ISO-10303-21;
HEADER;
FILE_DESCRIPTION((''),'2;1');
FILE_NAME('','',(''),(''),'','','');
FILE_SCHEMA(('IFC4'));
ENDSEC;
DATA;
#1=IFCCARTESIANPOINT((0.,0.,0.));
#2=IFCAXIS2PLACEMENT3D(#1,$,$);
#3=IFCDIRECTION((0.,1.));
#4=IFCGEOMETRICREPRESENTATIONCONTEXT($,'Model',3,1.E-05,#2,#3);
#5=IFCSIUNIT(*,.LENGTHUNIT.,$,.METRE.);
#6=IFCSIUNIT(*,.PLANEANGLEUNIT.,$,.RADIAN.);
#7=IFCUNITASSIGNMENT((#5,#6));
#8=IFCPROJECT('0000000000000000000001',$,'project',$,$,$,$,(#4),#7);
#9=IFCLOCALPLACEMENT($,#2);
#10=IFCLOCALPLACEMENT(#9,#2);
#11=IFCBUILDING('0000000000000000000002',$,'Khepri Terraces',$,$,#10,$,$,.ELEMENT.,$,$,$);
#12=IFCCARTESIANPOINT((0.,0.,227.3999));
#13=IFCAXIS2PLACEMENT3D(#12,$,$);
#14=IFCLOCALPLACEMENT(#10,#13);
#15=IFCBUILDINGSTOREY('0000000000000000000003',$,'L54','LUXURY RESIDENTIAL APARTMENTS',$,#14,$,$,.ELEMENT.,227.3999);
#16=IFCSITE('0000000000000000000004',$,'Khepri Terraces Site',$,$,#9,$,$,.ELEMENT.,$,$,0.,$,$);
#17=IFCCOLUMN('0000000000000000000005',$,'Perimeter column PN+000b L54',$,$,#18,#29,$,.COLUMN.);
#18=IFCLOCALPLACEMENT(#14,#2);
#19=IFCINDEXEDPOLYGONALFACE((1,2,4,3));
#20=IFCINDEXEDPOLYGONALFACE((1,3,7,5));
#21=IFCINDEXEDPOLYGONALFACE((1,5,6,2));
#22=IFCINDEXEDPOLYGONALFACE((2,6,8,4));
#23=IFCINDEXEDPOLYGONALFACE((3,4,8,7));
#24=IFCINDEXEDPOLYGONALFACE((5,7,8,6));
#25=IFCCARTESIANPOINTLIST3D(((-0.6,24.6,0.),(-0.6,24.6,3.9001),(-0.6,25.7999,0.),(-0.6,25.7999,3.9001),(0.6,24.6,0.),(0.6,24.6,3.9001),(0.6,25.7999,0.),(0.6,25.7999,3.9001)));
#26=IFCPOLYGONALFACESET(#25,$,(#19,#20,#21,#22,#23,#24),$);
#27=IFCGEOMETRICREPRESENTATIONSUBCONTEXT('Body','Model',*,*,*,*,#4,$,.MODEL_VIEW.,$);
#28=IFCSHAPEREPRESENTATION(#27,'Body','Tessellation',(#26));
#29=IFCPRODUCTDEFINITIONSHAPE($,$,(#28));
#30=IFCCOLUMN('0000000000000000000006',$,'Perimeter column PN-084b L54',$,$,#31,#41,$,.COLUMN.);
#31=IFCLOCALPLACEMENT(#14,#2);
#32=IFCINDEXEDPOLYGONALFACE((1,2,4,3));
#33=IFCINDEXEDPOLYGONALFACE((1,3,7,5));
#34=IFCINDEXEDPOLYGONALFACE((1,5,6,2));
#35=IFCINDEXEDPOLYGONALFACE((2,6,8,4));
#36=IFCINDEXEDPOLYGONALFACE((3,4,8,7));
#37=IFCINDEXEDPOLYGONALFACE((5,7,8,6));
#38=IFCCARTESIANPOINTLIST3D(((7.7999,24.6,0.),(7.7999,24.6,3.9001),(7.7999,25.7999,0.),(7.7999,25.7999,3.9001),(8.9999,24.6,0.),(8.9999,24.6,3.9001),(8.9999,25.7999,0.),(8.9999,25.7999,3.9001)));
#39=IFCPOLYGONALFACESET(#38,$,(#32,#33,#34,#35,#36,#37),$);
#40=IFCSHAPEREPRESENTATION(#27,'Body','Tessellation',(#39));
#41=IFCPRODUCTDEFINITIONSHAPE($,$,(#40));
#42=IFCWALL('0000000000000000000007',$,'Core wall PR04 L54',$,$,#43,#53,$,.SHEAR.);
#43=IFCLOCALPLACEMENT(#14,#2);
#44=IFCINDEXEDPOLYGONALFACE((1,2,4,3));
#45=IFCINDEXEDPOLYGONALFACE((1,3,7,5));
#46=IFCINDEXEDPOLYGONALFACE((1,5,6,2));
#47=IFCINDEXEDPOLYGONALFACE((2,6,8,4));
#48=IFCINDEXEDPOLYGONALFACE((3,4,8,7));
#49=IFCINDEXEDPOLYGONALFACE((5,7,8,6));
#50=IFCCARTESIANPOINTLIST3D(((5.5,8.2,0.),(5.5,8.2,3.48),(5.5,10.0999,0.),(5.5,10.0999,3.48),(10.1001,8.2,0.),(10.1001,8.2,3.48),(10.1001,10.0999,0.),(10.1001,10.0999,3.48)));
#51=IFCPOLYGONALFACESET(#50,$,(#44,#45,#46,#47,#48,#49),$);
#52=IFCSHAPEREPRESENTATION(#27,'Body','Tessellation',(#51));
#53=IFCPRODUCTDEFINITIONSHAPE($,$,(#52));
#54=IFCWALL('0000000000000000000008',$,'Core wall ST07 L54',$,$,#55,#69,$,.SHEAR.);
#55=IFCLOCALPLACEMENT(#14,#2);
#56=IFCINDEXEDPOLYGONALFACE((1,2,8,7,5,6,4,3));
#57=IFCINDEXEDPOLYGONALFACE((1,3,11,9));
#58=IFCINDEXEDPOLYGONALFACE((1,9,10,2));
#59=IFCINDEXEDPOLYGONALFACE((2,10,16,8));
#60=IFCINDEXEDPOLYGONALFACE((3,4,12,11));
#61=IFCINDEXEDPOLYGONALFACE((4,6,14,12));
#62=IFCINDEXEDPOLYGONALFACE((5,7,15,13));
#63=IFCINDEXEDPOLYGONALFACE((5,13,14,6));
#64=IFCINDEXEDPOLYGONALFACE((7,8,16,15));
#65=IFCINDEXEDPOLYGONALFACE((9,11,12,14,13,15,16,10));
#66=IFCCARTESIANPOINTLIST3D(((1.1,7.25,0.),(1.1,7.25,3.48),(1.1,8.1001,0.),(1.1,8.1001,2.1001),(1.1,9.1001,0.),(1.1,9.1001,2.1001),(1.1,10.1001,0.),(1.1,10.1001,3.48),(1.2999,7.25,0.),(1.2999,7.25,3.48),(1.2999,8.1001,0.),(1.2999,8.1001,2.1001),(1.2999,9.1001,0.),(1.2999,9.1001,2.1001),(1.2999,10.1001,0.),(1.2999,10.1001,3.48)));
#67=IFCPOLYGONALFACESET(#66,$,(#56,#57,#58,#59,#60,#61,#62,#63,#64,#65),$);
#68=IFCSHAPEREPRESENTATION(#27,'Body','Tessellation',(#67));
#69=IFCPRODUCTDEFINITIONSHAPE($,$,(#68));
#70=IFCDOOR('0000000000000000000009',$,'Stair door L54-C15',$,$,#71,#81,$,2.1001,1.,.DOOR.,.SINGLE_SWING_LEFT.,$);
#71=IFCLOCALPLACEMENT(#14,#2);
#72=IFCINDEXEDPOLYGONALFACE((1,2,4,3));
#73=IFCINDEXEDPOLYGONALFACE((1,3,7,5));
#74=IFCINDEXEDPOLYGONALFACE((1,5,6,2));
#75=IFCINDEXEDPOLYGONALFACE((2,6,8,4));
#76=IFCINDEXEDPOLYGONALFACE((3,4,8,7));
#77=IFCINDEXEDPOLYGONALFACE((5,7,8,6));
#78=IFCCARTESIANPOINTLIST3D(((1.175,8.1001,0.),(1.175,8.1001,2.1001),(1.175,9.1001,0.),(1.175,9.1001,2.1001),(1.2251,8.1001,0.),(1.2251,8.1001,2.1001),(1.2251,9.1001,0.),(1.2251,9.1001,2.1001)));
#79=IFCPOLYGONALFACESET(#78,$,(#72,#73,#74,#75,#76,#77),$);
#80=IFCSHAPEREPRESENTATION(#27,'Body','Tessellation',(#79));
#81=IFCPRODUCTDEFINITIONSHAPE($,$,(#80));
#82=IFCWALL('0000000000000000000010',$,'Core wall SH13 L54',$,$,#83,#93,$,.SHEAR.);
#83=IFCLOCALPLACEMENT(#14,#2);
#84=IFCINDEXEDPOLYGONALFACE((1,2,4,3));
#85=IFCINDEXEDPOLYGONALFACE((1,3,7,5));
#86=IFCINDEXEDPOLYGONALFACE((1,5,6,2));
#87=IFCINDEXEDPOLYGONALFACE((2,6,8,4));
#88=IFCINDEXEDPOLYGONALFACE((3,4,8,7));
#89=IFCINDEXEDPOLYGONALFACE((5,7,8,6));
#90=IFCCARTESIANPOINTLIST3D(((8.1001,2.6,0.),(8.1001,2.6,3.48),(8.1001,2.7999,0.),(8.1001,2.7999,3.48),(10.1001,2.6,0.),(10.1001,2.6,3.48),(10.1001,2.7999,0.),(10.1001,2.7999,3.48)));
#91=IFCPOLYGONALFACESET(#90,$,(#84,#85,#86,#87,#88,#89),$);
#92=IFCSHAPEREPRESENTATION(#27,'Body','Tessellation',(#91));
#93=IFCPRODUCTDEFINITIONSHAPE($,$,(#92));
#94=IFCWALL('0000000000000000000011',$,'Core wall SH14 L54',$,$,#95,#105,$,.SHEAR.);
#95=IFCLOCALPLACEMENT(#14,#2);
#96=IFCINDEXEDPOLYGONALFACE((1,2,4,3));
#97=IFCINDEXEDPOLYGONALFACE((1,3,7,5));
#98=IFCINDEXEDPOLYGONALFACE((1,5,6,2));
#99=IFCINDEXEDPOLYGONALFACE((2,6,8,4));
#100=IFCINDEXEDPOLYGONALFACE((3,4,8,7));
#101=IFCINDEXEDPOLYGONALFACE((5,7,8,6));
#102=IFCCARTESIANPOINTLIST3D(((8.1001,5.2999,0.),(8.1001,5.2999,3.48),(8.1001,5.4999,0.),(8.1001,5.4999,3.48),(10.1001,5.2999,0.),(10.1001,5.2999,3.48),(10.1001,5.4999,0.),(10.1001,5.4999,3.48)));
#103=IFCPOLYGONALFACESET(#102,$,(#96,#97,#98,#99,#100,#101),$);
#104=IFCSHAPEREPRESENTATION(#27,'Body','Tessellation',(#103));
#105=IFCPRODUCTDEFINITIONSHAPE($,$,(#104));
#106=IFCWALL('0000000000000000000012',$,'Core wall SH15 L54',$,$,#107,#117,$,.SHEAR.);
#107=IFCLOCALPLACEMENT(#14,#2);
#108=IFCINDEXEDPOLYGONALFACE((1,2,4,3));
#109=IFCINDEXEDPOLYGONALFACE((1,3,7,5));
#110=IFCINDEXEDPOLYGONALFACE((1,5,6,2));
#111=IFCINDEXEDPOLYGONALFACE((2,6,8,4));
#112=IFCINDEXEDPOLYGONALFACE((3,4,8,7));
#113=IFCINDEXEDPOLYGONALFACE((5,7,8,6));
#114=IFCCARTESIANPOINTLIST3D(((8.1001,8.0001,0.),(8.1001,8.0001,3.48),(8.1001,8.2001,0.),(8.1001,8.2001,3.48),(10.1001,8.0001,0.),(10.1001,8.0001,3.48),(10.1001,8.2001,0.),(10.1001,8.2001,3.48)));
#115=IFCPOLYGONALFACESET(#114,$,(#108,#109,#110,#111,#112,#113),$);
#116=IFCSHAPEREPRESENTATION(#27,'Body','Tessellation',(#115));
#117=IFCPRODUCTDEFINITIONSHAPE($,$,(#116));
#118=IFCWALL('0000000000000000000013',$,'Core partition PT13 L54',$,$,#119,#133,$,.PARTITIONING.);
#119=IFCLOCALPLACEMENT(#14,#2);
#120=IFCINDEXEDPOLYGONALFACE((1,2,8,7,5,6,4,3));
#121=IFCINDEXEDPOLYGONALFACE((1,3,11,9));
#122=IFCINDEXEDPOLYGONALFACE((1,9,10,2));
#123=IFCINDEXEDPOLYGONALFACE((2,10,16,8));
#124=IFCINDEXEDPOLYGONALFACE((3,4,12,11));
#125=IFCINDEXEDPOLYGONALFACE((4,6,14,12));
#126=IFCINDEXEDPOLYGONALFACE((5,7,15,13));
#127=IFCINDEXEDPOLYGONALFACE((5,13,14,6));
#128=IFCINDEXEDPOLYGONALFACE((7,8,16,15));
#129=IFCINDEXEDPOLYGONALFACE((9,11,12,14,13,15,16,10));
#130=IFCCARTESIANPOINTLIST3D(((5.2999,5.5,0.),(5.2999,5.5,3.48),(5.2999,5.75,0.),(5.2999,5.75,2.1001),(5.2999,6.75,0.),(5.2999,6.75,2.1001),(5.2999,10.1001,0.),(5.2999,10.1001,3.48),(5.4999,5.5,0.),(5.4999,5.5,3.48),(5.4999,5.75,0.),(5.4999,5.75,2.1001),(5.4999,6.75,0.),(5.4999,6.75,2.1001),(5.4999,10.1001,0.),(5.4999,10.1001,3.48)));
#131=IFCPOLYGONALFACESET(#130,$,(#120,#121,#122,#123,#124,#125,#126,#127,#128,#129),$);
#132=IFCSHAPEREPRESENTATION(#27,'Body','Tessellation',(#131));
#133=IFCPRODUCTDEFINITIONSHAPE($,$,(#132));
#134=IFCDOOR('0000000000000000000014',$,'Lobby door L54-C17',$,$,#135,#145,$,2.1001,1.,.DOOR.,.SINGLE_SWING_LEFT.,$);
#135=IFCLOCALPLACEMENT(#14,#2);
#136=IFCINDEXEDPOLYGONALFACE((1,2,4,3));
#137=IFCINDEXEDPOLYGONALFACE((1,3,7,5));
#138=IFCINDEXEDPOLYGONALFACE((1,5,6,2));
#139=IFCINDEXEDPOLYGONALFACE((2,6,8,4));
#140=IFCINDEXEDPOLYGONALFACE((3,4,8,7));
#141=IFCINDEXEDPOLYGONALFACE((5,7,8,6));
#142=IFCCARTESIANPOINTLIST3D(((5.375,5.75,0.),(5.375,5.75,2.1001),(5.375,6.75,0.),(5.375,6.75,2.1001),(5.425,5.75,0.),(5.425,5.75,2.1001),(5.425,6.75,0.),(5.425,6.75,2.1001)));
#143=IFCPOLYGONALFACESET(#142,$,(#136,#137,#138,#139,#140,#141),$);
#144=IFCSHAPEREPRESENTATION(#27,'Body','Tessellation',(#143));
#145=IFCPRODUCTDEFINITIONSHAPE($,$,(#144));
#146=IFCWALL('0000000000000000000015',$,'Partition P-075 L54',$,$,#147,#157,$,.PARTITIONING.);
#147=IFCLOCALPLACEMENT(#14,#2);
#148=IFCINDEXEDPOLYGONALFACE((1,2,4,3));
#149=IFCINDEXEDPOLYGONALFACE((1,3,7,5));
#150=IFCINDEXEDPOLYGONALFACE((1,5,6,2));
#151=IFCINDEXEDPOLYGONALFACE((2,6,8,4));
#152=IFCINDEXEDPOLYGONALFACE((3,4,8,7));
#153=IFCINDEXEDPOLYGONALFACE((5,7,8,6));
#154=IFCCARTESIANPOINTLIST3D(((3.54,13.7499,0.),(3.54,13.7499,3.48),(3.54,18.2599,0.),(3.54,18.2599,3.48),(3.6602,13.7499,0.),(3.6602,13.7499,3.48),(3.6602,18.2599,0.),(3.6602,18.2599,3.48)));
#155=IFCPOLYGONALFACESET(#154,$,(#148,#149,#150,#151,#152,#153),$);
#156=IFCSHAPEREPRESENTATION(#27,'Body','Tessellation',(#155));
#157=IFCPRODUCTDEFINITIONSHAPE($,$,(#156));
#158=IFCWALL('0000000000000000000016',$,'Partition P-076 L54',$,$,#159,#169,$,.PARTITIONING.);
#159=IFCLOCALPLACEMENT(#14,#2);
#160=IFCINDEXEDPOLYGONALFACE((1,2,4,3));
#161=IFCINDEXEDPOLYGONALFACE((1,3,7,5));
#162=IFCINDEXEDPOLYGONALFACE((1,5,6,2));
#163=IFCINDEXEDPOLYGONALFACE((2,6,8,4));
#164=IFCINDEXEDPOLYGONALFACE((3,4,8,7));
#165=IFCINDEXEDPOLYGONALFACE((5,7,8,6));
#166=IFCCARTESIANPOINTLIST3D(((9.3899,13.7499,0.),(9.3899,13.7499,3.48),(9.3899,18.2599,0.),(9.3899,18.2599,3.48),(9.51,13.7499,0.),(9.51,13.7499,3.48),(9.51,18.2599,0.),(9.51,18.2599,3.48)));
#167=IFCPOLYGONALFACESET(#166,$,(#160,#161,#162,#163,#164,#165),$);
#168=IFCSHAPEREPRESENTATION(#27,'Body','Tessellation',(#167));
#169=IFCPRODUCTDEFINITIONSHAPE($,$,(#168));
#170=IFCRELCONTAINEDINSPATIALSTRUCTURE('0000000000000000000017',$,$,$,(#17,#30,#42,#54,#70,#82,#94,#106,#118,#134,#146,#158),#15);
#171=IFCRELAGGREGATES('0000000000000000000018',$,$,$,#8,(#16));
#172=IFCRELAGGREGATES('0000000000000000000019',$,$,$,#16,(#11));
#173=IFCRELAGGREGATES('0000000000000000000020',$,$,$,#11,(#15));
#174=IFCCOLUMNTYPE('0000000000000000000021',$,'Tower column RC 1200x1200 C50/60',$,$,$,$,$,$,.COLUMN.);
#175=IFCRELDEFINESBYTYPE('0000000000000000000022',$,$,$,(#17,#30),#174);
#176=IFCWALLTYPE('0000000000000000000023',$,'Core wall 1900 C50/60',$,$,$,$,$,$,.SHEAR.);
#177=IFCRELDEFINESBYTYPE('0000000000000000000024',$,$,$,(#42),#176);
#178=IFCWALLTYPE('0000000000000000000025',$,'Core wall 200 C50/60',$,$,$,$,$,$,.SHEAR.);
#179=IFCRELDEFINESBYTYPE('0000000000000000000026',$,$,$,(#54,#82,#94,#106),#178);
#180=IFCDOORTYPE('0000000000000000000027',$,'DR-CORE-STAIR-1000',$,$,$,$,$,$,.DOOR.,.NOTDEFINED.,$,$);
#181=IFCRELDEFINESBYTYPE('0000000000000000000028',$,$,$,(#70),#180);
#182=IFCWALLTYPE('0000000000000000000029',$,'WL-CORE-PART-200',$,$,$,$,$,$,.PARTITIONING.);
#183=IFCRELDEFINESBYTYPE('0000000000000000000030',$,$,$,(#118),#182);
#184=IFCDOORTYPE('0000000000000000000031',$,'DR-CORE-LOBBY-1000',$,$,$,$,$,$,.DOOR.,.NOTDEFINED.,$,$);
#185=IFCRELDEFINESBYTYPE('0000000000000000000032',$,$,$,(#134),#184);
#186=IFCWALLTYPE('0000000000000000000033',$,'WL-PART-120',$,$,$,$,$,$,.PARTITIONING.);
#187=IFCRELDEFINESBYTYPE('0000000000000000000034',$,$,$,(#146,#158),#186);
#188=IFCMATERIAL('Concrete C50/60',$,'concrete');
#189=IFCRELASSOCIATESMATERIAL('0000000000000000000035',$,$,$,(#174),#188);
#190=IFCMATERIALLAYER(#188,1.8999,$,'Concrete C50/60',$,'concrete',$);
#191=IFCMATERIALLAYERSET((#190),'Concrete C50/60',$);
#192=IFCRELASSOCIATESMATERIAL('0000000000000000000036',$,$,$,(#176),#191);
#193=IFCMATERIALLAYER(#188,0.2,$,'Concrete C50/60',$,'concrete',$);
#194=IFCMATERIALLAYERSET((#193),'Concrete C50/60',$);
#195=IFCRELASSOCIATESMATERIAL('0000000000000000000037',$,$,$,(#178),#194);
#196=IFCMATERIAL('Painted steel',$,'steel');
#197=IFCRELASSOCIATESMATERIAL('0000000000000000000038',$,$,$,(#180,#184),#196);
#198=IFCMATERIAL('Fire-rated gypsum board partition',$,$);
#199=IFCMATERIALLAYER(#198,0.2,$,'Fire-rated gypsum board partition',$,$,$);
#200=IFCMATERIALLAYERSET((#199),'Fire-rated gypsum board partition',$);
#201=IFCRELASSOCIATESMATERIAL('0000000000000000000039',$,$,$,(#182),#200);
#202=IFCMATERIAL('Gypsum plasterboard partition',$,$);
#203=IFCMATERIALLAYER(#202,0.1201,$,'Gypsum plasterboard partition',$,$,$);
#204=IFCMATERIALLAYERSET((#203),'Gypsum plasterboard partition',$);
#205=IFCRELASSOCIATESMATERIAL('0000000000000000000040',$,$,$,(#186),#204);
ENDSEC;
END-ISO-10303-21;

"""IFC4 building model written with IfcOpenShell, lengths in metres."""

from ifc_helpers import new_model, si_unit, direction, frame, frame_2d, origin, origin_2d, place, context, subcontext, project, spatial, rectangle, extrude, material, layer, layer_set, material_profile, profile_set, type_object, element, fill, save


model = new_model("IFC4")

# Units and contexts
model_context = context("Model", 3, precision=1e-05, world=origin(), true_north=direction((0.0, 1.0)))
body_context = subcontext(model_context, "Body", "Model", "MODEL_VIEW")
ifc_project = project(units=[si_unit("LENGTHUNIT", "METRE"), si_unit("PLANEANGLEUNIT", "RADIAN")], contexts=[model_context])

# Site, building, storey
site_placement = place(None, origin())
site = spatial("IfcSite", under=ifc_project, at=site_placement, Name="Khepri Terraces Site", CompositionType="ELEMENT", RefElevation=0.0)
building_placement = place(site_placement, origin())
building = spatial("IfcBuilding", under=site, at=building_placement, Name="Khepri Terraces", CompositionType="ELEMENT")
storey_placement = place(building_placement, frame((0.0, 0.0, 227.3999)))
storey = spatial("IfcBuildingStorey", under=building, at=storey_placement, Name="L54", Description="LUXURY RESIDENTIAL APARTMENTS", CompositionType="ELEMENT", Elevation=227.3999)

# Columns
ifc_material_1 = material(Name="Concrete C50/60", Category="concrete")
ifc_material_profile = material_profile(ifc_material_1, rectangle(XDim=1.2, YDim=1.2, at=origin_2d()), Name="Concrete C50/60", Category="concrete")
ifc_profile_set = profile_set([ifc_material_profile], Name="Concrete C50/60")
column_type = type_object("IfcColumnType", Name="Tower column RC 1200x1200 C50/60", PredefinedType="COLUMN", material=ifc_profile_set)
for number, where, z_axis, x_axis, name in (
    (1, (0.0, 25.2, 0.0), (0.0, 0.0, 1.0), (1.0, 0.0, 0.0), "Perimeter column PN+000b L54"),
    (2, (8.3999, 25.2, 0.0), (0.0, 0.0, 1.0), (1.0, 0.0, 0.0), "Perimeter column PN-084b L54"),
):
    element("IfcColumn", number, at=place(storey_placement, frame(where, z_axis=z_axis, x_axis=x_axis)), inside=storey, type_object=column_type, Name=name, PredefinedType="COLUMN", context=body_context, shape_type="SweptSolid", body=[
        extrude(rectangle(XDim=1.2, YDim=1.2, at=origin_2d()), origin(), (0.0, 0.0, 1.0), 3.9001),
    ])

# Wall
ifc_layer_1 = layer(ifc_material_1, 1.8999, Name="Concrete C50/60", Category="concrete")
ifc_layer_set_1 = layer_set([ifc_layer_1], Name="Concrete C50/60")
wall_type_1 = type_object("IfcWallType", Name="Core wall 1900 C50/60", PredefinedType="SHEAR", material=ifc_layer_set_1)
wall_1_placement = place(storey_placement, frame((5.5, 9.1499, 0.0), z_axis=(0.0, 0.0, 1.0), x_axis=(1.0, 0.0, 0.0)))
element("IfcWall", 3, at=wall_1_placement, inside=storey, type_object=wall_type_1, Name="Core wall PR04 L54", PredefinedType="SHEAR", context=body_context, shape_type="SweptSolid", body=[
    extrude(rectangle(XDim=4.6001, YDim=1.8999, at=frame_2d((2.3, 0.0))), origin(), (0.0, 0.0, 1.0), 3.48),
])

# Wall, opening, door
ifc_layer_2 = layer(ifc_material_1, 0.2, Name="Concrete C50/60", Category="concrete")
ifc_layer_set_2 = layer_set([ifc_layer_2], Name="Concrete C50/60")
wall_type_2 = type_object("IfcWallType", Name="Core wall 200 C50/60", PredefinedType="SHEAR", material=ifc_layer_set_2)
wall_2_placement = place(storey_placement, frame((1.2, 7.25, 0.0), z_axis=(0.0, 0.0, 1.0), x_axis=(0.0, 1.0, 0.0)))
wall_2 = element("IfcWall", 4, at=wall_2_placement, inside=storey, type_object=wall_type_2, Name="Core wall ST07 L54", PredefinedType="SHEAR", context=body_context, shape_type="SweptSolid", body=[
    extrude(rectangle(XDim=2.8501, YDim=0.2, at=frame_2d((1.425, 0.0))), origin(), (0.0, 0.0, 1.0), 3.48),
])
opening_1_placement = place(wall_2_placement, frame((0.8501, 0.0, 0.0)))
opening_1 = element("IfcOpeningElement", 5, at=opening_1_placement, cuts=wall_2, PredefinedType="OPENING", context=body_context, shape_type="SweptSolid", body=[
    extrude(rectangle(XDim=1.0, YDim=2.1001, at=frame_2d((0.5, 1.05))), frame((0.0, 0.1099, 0.0), z_axis=(0.0, -1.0, 0.0), x_axis=(1.0, 0.0, 0.0)), (0.0, 0.0, 1.0), 0.22),
])
ifc_material_2 = material(Name="Painted steel", Category="steel")
door_type_1 = type_object("IfcDoorType", Name="DR-CORE-STAIR-1000", OperationType="NOTDEFINED", PredefinedType="DOOR", material=ifc_material_2)
door_1_placement = place(opening_1_placement, origin())
door_1 = element("IfcDoor", 6, at=door_1_placement, inside=storey, type_object=door_type_1, Name="Stair door L54-C15", OperationType="SINGLE_SWING_LEFT", OverallHeight=2.1001, OverallWidth=1.0, PredefinedType="DOOR", context=body_context, shape_type="SweptSolid", body=[
    extrude(rectangle(XDim=1.0, YDim=2.1001, at=frame_2d((0.5, 1.05))), frame((0.0, 0.0249, 0.0), z_axis=(0.0, -1.0, 0.0), x_axis=(1.0, 0.0, 0.0)), (0.0, 0.0, 1.0), 0.05),
])
fill(opening_1, door_1)

# Walls
for number, where, z_axis, x_axis, name in (
    (7, (8.1001, 2.7, 0.0), (0.0, 0.0, 1.0), (1.0, 0.0, 0.0), "Core wall SH13 L54"),
    (8, (8.1001, 5.3999, 0.0), (0.0, 0.0, 1.0), (1.0, 0.0, 0.0), "Core wall SH14 L54"),
    (9, (8.1001, 8.1001, 0.0), (0.0, 0.0, 1.0), (1.0, 0.0, 0.0), "Core wall SH15 L54"),
):
    element("IfcWall", number, at=place(storey_placement, frame(where, z_axis=z_axis, x_axis=x_axis)), inside=storey, type_object=wall_type_2, Name=name, PredefinedType="SHEAR", context=body_context, shape_type="SweptSolid", body=[
        extrude(rectangle(XDim=2.0, YDim=0.2, at=frame_2d((1.0, 0.0))), origin(), (0.0, 0.0, 1.0), 3.48),
    ])

# Wall, opening, door
ifc_material_3 = material(Name="Fire-rated gypsum board partition")
ifc_layer_3 = layer(ifc_material_3, 0.2, Name="Fire-rated gypsum board partition")
ifc_layer_set_3 = layer_set([ifc_layer_3], Name="Fire-rated gypsum board partition")
wall_type_3 = type_object("IfcWallType", Name="WL-CORE-PART-200", PredefinedType="PARTITIONING", material=ifc_layer_set_3)
wall_3_placement = place(storey_placement, frame((5.3999, 5.5, 0.0), z_axis=(0.0, 0.0, 1.0), x_axis=(0.0, 1.0, 0.0)))
wall_3 = element("IfcWall", 10, at=wall_3_placement, inside=storey, type_object=wall_type_3, Name="Core partition PT13 L54", PredefinedType="PARTITIONING", context=body_context, shape_type="SweptSolid", body=[
    extrude(rectangle(XDim=4.6001, YDim=0.2, at=frame_2d((2.3, 0.0))), origin(), (0.0, 0.0, 1.0), 3.48),
])
opening_2_placement = place(wall_3_placement, frame((0.25, 0.0, 0.0)))
opening_2 = element("IfcOpeningElement", 11, at=opening_2_placement, cuts=wall_3, PredefinedType="OPENING", context=body_context, shape_type="SweptSolid", body=[
    extrude(rectangle(XDim=1.0, YDim=2.1001, at=frame_2d((0.5, 1.05))), frame((0.0, 0.1099, 0.0), z_axis=(0.0, -1.0, 0.0), x_axis=(1.0, 0.0, 0.0)), (0.0, 0.0, 1.0), 0.22),
])
door_type_2 = type_object("IfcDoorType", Name="DR-CORE-LOBBY-1000", OperationType="NOTDEFINED", PredefinedType="DOOR", material=ifc_material_2)
door_2_placement = place(opening_2_placement, origin())
door_2 = element("IfcDoor", 12, at=door_2_placement, inside=storey, type_object=door_type_2, Name="Lobby door L54-C17", OperationType="SINGLE_SWING_LEFT", OverallHeight=2.1001, OverallWidth=1.0, PredefinedType="DOOR", context=body_context, shape_type="SweptSolid", body=[
    extrude(rectangle(XDim=1.0, YDim=2.1001, at=frame_2d((0.5, 1.05))), frame((0.0, 0.0249, 0.0), z_axis=(0.0, -1.0, 0.0), x_axis=(1.0, 0.0, 0.0)), (0.0, 0.0, 1.0), 0.05),
])
fill(opening_2, door_2)

# Walls
ifc_material_4 = material(Name="Gypsum plasterboard partition")
ifc_layer_4 = layer(ifc_material_4, 0.1201, Name="Gypsum plasterboard partition")
ifc_layer_set_4 = layer_set([ifc_layer_4], Name="Gypsum plasterboard partition")
wall_type_4 = type_object("IfcWallType", Name="WL-PART-120", PredefinedType="PARTITIONING", material=ifc_layer_set_4)
for number, where, z_axis, x_axis, name in (
    (13, (3.6001, 13.75, 0.0), (0.0, 0.0, 1.0), (0.0, 1.0, 0.0), "Partition P-075 L54"),
    (14, (9.45, 13.75, 0.0), (0.0, 0.0, 1.0), (0.0, 1.0, 0.0), "Partition P-076 L54"),
):
    element("IfcWall", number, at=place(storey_placement, frame(where, z_axis=z_axis, x_axis=x_axis)), inside=storey, type_object=wall_type_4, Name=name, PredefinedType="PARTITIONING", context=body_context, shape_type="SweptSolid", body=[
        extrude(rectangle(XDim=4.51, YDim=0.1201, at=frame_2d((2.2549, 0.0))), origin(), (0.0, 0.0, 1.0), 3.48),
    ])

save(model, "model.ifc")
